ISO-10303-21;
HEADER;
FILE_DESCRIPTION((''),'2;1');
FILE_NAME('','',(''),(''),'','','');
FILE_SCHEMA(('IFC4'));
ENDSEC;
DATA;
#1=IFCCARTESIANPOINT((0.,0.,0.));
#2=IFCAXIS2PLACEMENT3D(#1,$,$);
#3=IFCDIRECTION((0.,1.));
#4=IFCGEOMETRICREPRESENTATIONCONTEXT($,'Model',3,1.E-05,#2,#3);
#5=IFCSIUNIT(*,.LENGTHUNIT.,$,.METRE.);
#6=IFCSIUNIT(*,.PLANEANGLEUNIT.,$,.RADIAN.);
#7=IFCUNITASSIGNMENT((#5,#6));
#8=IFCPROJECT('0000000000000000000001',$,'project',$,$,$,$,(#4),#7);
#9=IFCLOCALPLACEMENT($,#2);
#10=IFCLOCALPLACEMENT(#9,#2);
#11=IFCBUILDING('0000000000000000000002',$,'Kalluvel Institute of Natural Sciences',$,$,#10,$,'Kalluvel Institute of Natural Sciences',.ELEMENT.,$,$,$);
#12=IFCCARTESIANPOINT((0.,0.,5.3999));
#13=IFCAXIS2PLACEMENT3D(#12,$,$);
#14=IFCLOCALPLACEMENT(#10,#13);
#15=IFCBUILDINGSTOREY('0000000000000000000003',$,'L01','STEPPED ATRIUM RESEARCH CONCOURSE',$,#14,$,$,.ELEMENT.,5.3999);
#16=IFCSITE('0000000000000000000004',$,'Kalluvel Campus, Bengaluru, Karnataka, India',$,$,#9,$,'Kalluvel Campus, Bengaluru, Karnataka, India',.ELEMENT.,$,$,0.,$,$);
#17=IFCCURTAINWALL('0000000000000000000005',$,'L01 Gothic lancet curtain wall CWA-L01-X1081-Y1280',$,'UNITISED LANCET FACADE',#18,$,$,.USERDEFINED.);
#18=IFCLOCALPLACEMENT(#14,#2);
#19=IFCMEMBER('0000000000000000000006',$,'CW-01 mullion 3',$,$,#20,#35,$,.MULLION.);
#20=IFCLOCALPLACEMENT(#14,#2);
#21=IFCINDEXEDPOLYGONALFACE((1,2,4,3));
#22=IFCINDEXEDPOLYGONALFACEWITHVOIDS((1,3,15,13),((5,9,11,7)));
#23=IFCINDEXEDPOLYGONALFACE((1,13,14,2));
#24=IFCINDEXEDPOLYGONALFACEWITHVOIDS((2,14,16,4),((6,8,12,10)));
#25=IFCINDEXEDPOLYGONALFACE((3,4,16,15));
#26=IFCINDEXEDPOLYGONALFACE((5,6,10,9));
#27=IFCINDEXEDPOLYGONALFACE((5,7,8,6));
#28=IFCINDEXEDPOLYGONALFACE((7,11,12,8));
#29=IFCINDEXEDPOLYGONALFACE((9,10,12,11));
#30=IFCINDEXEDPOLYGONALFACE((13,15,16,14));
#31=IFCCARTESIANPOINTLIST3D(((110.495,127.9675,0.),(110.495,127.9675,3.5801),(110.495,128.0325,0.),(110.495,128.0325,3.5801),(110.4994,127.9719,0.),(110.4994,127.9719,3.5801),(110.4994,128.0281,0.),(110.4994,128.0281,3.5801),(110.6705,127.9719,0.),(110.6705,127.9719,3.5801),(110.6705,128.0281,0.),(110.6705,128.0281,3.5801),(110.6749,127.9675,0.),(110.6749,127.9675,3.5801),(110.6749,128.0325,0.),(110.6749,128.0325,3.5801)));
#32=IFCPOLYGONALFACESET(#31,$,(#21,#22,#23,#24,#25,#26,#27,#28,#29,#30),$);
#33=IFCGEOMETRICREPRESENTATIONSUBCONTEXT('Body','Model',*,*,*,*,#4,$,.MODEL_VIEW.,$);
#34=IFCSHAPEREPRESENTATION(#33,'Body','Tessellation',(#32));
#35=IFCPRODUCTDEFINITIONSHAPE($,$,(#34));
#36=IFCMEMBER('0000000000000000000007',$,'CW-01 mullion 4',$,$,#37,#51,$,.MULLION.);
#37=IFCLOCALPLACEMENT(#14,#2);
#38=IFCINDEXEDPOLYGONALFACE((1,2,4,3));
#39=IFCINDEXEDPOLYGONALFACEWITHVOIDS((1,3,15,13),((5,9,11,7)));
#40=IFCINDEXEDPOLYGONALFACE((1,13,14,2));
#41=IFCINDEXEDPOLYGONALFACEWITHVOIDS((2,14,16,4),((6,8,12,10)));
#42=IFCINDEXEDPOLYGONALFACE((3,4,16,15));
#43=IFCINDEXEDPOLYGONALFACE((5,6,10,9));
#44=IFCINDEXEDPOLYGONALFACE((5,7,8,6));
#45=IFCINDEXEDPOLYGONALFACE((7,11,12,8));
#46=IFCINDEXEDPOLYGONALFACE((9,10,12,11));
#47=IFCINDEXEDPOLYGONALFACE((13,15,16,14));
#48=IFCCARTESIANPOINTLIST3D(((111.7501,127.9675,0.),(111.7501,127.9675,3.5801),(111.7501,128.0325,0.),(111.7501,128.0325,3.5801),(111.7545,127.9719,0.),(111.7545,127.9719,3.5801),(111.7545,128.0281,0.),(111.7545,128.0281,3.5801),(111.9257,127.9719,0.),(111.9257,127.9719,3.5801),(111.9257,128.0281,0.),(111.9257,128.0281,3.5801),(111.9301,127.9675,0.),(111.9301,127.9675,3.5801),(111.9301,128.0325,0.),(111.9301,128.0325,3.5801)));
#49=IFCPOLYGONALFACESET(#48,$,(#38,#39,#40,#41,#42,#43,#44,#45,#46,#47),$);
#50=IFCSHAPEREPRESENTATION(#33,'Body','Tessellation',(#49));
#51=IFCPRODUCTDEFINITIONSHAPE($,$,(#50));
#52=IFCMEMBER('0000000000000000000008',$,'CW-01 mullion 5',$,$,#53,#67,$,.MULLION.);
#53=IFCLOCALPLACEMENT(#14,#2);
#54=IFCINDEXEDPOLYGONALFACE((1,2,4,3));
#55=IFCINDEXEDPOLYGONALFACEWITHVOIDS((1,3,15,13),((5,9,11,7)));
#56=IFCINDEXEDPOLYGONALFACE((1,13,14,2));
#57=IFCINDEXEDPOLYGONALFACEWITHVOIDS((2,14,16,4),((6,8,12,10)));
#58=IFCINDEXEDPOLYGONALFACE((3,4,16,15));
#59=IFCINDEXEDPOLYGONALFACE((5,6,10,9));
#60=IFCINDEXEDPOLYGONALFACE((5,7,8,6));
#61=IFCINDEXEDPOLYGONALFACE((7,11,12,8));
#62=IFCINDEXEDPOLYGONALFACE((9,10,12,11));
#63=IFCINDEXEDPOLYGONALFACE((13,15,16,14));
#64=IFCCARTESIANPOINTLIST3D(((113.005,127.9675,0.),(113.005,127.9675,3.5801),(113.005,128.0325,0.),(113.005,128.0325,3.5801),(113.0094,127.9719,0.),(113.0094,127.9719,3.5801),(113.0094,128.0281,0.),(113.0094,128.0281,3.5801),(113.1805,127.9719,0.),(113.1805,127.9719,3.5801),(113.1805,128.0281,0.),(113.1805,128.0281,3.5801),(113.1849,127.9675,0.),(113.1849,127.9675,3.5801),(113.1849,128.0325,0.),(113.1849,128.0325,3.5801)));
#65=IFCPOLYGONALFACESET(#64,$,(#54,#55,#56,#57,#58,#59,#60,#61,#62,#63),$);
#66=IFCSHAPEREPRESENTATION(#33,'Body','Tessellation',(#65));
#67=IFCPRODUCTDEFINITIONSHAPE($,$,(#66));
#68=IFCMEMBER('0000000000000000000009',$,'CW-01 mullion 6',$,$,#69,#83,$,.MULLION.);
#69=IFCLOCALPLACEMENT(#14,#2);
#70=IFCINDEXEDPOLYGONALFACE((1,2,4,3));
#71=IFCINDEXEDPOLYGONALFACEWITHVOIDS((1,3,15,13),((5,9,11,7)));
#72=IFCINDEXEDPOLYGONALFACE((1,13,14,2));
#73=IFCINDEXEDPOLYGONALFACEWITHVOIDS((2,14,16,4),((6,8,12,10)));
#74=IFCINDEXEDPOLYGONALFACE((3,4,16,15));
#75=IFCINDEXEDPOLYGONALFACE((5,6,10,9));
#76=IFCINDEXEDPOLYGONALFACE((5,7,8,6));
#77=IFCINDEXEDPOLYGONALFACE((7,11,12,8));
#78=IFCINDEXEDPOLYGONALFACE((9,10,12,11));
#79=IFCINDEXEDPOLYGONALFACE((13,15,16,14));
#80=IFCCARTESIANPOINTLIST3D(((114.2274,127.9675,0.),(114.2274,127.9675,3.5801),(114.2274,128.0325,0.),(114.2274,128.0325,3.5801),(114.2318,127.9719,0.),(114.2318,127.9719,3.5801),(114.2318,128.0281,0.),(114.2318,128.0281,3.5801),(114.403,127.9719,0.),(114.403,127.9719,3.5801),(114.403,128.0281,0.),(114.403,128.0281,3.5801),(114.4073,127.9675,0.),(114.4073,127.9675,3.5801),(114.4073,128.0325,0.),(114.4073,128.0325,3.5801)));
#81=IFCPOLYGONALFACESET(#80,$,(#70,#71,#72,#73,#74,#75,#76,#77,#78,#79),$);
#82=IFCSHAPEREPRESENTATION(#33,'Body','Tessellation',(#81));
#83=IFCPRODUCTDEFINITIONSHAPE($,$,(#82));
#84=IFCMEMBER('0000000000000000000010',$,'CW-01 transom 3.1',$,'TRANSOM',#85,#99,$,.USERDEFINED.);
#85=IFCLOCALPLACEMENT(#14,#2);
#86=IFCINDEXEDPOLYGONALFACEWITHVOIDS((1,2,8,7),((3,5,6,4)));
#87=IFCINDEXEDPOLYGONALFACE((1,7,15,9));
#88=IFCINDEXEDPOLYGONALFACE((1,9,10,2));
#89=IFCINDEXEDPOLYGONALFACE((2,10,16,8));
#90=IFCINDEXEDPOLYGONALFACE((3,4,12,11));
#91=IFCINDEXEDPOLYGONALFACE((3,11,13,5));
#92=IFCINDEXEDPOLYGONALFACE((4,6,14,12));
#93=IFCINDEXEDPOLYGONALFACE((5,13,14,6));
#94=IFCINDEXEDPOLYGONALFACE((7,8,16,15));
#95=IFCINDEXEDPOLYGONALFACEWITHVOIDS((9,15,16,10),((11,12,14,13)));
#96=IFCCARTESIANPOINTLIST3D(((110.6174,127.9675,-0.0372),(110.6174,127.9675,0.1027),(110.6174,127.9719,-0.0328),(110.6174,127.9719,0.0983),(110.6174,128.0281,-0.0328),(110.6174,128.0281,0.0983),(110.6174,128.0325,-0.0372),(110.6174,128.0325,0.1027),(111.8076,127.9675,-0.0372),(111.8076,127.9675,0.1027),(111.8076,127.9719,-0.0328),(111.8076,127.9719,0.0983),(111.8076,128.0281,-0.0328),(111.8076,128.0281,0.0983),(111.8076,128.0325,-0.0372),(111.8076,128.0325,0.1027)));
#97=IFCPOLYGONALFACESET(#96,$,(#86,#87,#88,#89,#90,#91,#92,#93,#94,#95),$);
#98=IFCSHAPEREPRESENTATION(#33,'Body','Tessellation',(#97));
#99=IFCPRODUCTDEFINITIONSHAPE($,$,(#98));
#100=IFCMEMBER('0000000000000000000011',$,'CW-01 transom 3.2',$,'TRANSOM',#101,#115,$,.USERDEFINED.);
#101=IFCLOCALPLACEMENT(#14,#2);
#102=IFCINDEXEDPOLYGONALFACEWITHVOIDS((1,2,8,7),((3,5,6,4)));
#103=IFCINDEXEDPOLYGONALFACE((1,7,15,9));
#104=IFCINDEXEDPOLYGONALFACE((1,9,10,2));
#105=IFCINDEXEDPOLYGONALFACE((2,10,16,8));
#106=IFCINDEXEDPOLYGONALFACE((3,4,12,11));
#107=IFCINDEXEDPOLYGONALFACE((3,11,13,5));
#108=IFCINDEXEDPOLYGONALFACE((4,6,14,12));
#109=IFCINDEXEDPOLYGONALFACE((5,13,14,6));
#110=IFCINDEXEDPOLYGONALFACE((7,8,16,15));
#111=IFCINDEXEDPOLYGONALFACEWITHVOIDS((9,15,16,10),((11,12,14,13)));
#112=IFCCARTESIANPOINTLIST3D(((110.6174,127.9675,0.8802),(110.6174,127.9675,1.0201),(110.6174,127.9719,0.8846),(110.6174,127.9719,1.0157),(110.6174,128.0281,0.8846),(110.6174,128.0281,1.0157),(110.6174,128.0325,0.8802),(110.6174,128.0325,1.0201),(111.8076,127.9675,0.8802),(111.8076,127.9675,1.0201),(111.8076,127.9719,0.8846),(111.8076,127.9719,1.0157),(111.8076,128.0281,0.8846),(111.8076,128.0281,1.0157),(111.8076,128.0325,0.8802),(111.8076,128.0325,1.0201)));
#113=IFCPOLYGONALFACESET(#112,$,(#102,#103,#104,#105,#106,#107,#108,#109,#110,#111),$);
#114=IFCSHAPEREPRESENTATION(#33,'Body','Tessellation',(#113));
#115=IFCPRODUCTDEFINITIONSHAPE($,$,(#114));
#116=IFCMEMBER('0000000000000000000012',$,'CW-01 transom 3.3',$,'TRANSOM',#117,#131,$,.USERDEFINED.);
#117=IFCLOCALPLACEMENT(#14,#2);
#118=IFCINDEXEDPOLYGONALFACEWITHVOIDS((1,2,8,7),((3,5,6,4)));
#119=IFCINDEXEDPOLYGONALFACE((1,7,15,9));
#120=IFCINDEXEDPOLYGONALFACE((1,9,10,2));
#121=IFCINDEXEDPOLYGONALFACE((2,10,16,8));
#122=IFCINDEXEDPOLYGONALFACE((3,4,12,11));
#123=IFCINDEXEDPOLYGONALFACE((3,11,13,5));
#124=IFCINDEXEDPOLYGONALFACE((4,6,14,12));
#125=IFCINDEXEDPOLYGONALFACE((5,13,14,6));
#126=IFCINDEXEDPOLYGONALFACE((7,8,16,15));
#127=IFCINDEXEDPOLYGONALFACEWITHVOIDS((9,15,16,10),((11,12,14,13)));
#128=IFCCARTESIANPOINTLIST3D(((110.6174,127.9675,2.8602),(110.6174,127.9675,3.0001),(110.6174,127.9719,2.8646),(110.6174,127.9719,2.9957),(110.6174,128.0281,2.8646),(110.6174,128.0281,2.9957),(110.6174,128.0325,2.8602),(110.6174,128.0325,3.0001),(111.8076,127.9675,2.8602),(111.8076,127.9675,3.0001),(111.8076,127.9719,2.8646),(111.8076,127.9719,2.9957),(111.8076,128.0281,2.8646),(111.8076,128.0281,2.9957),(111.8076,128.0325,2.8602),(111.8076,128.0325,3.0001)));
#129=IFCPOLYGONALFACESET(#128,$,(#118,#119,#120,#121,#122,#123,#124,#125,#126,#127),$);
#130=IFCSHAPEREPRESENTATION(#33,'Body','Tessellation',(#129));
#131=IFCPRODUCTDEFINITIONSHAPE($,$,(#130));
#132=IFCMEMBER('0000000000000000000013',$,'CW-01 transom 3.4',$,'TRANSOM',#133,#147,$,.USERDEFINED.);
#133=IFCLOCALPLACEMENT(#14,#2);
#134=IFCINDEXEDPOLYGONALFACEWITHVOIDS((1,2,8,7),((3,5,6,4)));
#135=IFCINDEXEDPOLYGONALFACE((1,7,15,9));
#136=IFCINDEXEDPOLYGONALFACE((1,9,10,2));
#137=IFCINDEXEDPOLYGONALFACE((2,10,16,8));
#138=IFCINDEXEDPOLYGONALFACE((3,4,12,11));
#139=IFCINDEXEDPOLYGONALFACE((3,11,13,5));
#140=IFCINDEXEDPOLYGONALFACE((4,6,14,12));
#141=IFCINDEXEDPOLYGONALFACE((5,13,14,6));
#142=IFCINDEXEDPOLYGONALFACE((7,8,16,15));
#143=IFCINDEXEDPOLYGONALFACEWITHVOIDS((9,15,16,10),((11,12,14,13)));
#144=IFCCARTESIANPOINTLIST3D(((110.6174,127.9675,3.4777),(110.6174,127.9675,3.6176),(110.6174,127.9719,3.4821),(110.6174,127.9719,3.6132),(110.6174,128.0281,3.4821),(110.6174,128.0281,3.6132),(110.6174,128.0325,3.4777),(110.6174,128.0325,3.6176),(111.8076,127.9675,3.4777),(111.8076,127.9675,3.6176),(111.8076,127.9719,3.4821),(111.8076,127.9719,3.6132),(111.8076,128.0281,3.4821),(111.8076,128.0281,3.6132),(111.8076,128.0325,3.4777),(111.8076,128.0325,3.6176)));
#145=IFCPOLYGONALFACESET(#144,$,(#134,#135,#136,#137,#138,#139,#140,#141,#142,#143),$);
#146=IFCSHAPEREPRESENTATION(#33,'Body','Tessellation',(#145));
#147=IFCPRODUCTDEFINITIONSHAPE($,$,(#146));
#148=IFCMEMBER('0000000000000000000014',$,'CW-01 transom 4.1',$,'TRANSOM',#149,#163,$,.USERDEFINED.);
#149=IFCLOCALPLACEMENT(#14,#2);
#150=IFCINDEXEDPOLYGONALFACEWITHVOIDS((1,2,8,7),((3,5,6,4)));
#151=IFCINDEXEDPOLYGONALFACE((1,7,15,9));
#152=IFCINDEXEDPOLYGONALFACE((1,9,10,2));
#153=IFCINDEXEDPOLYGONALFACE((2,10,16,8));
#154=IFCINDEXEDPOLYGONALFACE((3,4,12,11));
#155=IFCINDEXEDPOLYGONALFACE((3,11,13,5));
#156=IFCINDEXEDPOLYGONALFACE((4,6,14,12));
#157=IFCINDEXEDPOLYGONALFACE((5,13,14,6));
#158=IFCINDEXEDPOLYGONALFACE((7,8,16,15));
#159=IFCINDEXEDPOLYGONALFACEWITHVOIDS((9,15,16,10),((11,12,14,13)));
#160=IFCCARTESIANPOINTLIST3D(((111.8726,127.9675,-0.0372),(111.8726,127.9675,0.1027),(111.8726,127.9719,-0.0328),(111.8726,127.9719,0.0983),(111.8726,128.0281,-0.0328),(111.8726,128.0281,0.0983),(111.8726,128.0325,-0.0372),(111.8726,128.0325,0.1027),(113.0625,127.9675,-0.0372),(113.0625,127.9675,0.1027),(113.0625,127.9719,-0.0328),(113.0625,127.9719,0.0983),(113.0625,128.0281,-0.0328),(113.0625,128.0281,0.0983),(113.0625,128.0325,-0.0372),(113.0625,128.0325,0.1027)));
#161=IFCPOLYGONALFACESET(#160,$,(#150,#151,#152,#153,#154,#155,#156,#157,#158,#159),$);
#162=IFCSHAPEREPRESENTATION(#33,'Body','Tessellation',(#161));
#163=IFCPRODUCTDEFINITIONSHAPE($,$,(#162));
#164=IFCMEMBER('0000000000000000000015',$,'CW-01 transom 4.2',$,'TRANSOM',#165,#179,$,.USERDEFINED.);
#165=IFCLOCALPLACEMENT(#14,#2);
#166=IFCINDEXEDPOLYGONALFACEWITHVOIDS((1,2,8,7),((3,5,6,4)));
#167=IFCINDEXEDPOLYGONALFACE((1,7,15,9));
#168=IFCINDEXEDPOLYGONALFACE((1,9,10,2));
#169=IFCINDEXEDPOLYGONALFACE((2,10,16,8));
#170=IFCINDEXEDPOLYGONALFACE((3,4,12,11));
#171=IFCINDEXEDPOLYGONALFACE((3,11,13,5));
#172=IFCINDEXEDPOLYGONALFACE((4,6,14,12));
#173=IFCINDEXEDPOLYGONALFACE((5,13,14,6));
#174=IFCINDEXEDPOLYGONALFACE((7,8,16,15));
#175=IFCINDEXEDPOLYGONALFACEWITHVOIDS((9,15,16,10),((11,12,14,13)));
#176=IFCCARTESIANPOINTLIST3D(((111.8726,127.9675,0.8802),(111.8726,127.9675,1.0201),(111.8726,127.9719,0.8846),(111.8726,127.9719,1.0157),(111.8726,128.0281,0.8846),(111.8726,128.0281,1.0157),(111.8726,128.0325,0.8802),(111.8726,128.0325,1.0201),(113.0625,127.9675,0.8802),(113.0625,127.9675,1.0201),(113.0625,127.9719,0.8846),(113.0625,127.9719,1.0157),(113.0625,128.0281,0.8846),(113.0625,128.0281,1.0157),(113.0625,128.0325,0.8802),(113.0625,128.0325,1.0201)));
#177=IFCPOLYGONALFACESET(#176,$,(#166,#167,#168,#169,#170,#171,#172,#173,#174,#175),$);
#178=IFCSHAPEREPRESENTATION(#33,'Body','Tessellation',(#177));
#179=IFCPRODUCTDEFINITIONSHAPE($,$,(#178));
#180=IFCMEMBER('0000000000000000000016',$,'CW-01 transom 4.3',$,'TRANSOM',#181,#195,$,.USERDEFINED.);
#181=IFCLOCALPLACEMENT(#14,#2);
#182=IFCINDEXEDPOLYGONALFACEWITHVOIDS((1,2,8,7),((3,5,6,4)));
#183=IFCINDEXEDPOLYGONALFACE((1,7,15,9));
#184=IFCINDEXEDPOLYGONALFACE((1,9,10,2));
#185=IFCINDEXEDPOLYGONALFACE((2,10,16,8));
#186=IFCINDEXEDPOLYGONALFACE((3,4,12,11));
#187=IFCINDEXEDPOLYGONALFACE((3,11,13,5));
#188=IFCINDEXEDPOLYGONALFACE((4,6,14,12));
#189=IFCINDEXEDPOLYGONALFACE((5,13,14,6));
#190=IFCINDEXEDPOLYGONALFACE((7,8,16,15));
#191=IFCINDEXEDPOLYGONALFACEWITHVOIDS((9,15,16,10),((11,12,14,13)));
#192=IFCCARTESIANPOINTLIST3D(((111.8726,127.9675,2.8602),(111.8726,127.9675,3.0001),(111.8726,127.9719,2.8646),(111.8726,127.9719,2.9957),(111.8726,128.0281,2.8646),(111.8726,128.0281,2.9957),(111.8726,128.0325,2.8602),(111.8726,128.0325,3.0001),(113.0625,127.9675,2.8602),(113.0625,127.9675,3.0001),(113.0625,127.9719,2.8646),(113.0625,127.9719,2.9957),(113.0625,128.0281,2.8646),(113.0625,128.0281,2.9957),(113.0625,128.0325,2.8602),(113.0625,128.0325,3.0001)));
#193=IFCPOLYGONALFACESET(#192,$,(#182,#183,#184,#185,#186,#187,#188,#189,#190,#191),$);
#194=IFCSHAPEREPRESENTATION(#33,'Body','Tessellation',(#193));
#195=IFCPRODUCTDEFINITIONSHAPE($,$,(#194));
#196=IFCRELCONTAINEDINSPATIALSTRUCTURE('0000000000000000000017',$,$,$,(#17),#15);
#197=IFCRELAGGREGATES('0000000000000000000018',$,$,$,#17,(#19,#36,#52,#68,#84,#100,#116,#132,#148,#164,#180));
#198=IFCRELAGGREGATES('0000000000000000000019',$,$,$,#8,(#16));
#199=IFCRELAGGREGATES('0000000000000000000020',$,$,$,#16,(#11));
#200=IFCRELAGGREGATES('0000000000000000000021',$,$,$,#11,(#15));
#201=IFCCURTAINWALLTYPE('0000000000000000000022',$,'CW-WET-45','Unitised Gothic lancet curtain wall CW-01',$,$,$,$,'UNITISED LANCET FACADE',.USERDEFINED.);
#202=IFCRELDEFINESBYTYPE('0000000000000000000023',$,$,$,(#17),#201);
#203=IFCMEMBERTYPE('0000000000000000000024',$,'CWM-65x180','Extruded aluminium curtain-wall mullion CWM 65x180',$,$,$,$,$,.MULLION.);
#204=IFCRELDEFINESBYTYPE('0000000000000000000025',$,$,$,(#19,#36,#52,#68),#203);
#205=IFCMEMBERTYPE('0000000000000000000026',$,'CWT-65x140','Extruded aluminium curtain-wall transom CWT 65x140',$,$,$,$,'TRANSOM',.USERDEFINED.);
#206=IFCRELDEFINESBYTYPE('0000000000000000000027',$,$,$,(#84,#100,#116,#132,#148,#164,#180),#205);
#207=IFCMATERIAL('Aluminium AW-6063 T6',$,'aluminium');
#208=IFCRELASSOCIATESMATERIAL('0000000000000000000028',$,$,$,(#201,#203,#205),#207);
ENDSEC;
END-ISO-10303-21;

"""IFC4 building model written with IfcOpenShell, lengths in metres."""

from ifc_helpers import new_model, si_unit, direction, frame, origin, origin_2d, place, context, subcontext, project, spatial, hollow_rectangle, extrude, material, material_profile, profile_set, type_object, element, aggregate, save


model = new_model("IFC4")

# Units and contexts
model_context = context("Model", 3, precision=1e-05, world=origin(), true_north=direction((0.0, 1.0)))
body_context = subcontext(model_context, "Body", "Model", "MODEL_VIEW")
ifc_project = project(units=[si_unit("LENGTHUNIT", "METRE"), si_unit("PLANEANGLEUNIT", "RADIAN")], contexts=[model_context])

# Site, building, storey
site_placement = place(None, origin())
site = spatial("IfcSite", under=ifc_project, at=site_placement, Name="Kalluvel Campus, Bengaluru, Karnataka, India", LongName="Kalluvel Campus, Bengaluru, Karnataka, India", CompositionType="ELEMENT", RefElevation=0.0)
building_placement = place(site_placement, origin())
building = spatial("IfcBuilding", under=site, at=building_placement, Name="Kalluvel Institute of Natural Sciences", LongName="Kalluvel Institute of Natural Sciences", CompositionType="ELEMENT")
storey_placement = place(building_placement, frame((0.0, 0.0, 5.3999)))
storey = spatial("IfcBuildingStorey", under=building, at=storey_placement, Name="L01", Description="STEPPED ATRIUM RESEARCH CONCOURSE", CompositionType="ELEMENT", Elevation=5.3999)

# Curtain wall, members
ifc_material_1 = material(Name="Aluminium AW-6063 T6", Category="aluminium")
curtain_wall_type = type_object("IfcCurtainWallType", Name="CW-WET-45", Description="Unitised Gothic lancet curtain wall CW-01", ElementType="UNITISED LANCET FACADE", PredefinedType="USERDEFINED", material=ifc_material_1)
curtain_wall_placement = place(storey_placement, origin())
curtain_wall = element("IfcCurtainWall", 1, at=curtain_wall_placement, inside=storey, type_object=curtain_wall_type, Name="L01 Gothic lancet curtain wall CWA-L01-X1081-Y1280", ObjectType="UNITISED LANCET FACADE", PredefinedType="USERDEFINED")
ifc_material_profile_1 = material_profile(ifc_material_1, hollow_rectangle(XDim=0.0649, YDim=0.1799, WallThickness=0.0044, at=origin_2d()), Name="CWM 65x180")
ifc_profile_set_1 = profile_set([ifc_material_profile_1], Name="Aluminium AW-6063 T6")
member_type_1 = type_object("IfcMemberType", Name="CWM-65x180", Description="Extruded aluminium curtain-wall mullion CWM 65x180", PredefinedType="MULLION", material=ifc_profile_set_1)
member_1_placement = place(storey_placement, frame((110.585, 128.0, 0.0), z_axis=(0.0, 0.0, 1.0), x_axis=(0.0, 1.0, 0.0)))
member_1 = element("IfcMember", 2, at=member_1_placement, type_object=member_type_1, Name="CW-01 mullion 3", PredefinedType="MULLION", context=body_context, shape_type="SweptSolid", body=[
    extrude(hollow_rectangle(XDim=0.0649, YDim=0.1799, WallThickness=0.0044, at=origin_2d()), origin(), (0.0, 0.0, 1.0), 3.5801),
])
member_2_placement = place(storey_placement, frame((111.8401, 128.0, 0.0), z_axis=(0.0, 0.0, 1.0), x_axis=(0.0, 1.0, 0.0)))
member_2 = element("IfcMember", 3, at=member_2_placement, type_object=member_type_1, Name="CW-01 mullion 4", PredefinedType="MULLION", context=body_context, shape_type="SweptSolid", body=[
    extrude(hollow_rectangle(XDim=0.0649, YDim=0.1799, WallThickness=0.0044, at=origin_2d()), origin(), (0.0, 0.0, 1.0), 3.5801),
])
member_3_placement = place(storey_placement, frame((113.095, 128.0, 0.0), z_axis=(0.0, 0.0, 1.0), x_axis=(0.0, 1.0, 0.0)))
member_3 = element("IfcMember", 4, at=member_3_placement, type_object=member_type_1, Name="CW-01 mullion 5", PredefinedType="MULLION", context=body_context, shape_type="SweptSolid", body=[
    extrude(hollow_rectangle(XDim=0.0649, YDim=0.1799, WallThickness=0.0044, at=origin_2d()), origin(), (0.0, 0.0, 1.0), 3.5801),
])
member_4_placement = place(storey_placement, frame((114.3174, 128.0, 0.0), z_axis=(0.0, 0.0, 1.0), x_axis=(0.0, 1.0, 0.0)))
member_4 = element("IfcMember", 5, at=member_4_placement, type_object=member_type_1, Name="CW-01 mullion 6", PredefinedType="MULLION", context=body_context, shape_type="SweptSolid", body=[
    extrude(hollow_rectangle(XDim=0.0649, YDim=0.1799, WallThickness=0.0044, at=origin_2d()), origin(), (0.0, 0.0, 1.0), 3.5801),
])
ifc_material_profile_2 = material_profile(ifc_material_1, hollow_rectangle(XDim=0.0649, YDim=0.1399, WallThickness=0.0044, at=origin_2d()), Name="CWT 65x140")
ifc_profile_set_2 = profile_set([ifc_material_profile_2], Name="Aluminium AW-6063 T6")
member_type_2 = type_object("IfcMemberType", Name="CWT-65x140", Description="Extruded aluminium curtain-wall transom CWT 65x140", ElementType="TRANSOM", PredefinedType="USERDEFINED", material=ifc_profile_set_2)
member_5_placement = place(storey_placement, frame((110.6174, 128.0, 0.0327), z_axis=(1.0, 0.0, 0.0), x_axis=(0.0, 1.0, 0.0)))
member_5 = element("IfcMember", 6, at=member_5_placement, type_object=member_type_2, Name="CW-01 transom 3.1", ObjectType="TRANSOM", PredefinedType="USERDEFINED", context=body_context, shape_type="SweptSolid", body=[
    extrude(hollow_rectangle(XDim=0.0649, YDim=0.1399, WallThickness=0.0044, at=origin_2d()), origin(), (0.0, 0.0, 1.0), 1.1902),
])
member_6_placement = place(storey_placement, frame((110.6174, 128.0, 0.9502), z_axis=(1.0, 0.0, 0.0), x_axis=(0.0, 1.0, 0.0)))
member_6 = element("IfcMember", 7, at=member_6_placement, type_object=member_type_2, Name="CW-01 transom 3.2", ObjectType="TRANSOM", PredefinedType="USERDEFINED", context=body_context, shape_type="SweptSolid", body=[
    extrude(hollow_rectangle(XDim=0.0649, YDim=0.1399, WallThickness=0.0044, at=origin_2d()), origin(), (0.0, 0.0, 1.0), 1.1902),
])
member_7_placement = place(storey_placement, frame((110.6174, 128.0, 2.9302), z_axis=(1.0, 0.0, 0.0), x_axis=(0.0, 1.0, 0.0)))
member_7 = element("IfcMember", 8, at=member_7_placement, type_object=member_type_2, Name="CW-01 transom 3.3", ObjectType="TRANSOM", PredefinedType="USERDEFINED", context=body_context, shape_type="SweptSolid", body=[
    extrude(hollow_rectangle(XDim=0.0649, YDim=0.1399, WallThickness=0.0044, at=origin_2d()), origin(), (0.0, 0.0, 1.0), 1.1902),
])
member_8_placement = place(storey_placement, frame((110.6174, 128.0, 3.5476), z_axis=(1.0, 0.0, 0.0), x_axis=(0.0, 1.0, 0.0)))
member_8 = element("IfcMember", 9, at=member_8_placement, type_object=member_type_2, Name="CW-01 transom 3.4", ObjectType="TRANSOM", PredefinedType="USERDEFINED", context=body_context, shape_type="SweptSolid", body=[
    extrude(hollow_rectangle(XDim=0.0649, YDim=0.1399, WallThickness=0.0044, at=origin_2d()), origin(), (0.0, 0.0, 1.0), 1.1902),
])
member_9_placement = place(storey_placement, frame((111.8726, 128.0, 0.0327), z_axis=(1.0, 0.0, 0.0), x_axis=(0.0, 1.0, 0.0)))
member_9 = element("IfcMember", 10, at=member_9_placement, type_object=member_type_2, Name="CW-01 transom 4.1", ObjectType="TRANSOM", PredefinedType="USERDEFINED", context=body_context, shape_type="SweptSolid", body=[
    extrude(hollow_rectangle(XDim=0.0649, YDim=0.1399, WallThickness=0.0044, at=origin_2d()), origin(), (0.0, 0.0, 1.0), 1.1899),
])
member_10_placement = place(storey_placement, frame((111.8726, 128.0, 0.9502), z_axis=(1.0, 0.0, 0.0), x_axis=(0.0, 1.0, 0.0)))
member_10 = element("IfcMember", 11, at=member_10_placement, type_object=member_type_2, Name="CW-01 transom 4.2", ObjectType="TRANSOM", PredefinedType="USERDEFINED", context=body_context, shape_type="SweptSolid", body=[
    extrude(hollow_rectangle(XDim=0.0649, YDim=0.1399, WallThickness=0.0044, at=origin_2d()), origin(), (0.0, 0.0, 1.0), 1.1899),
])
member_11_placement = place(storey_placement, frame((111.8726, 128.0, 2.9302), z_axis=(1.0, 0.0, 0.0), x_axis=(0.0, 1.0, 0.0)))
member_11 = element("IfcMember", 12, at=member_11_placement, type_object=member_type_2, Name="CW-01 transom 4.3", ObjectType="TRANSOM", PredefinedType="USERDEFINED", context=body_context, shape_type="SweptSolid", body=[
    extrude(hollow_rectangle(XDim=0.0649, YDim=0.1399, WallThickness=0.0044, at=origin_2d()), origin(), (0.0, 0.0, 1.0), 1.1899),
])
aggregate(curtain_wall, [member_1, member_2, member_3, member_4, member_5, member_6, member_7, member_8, member_9, member_10, member_11])

save(model, "model.ifc")
